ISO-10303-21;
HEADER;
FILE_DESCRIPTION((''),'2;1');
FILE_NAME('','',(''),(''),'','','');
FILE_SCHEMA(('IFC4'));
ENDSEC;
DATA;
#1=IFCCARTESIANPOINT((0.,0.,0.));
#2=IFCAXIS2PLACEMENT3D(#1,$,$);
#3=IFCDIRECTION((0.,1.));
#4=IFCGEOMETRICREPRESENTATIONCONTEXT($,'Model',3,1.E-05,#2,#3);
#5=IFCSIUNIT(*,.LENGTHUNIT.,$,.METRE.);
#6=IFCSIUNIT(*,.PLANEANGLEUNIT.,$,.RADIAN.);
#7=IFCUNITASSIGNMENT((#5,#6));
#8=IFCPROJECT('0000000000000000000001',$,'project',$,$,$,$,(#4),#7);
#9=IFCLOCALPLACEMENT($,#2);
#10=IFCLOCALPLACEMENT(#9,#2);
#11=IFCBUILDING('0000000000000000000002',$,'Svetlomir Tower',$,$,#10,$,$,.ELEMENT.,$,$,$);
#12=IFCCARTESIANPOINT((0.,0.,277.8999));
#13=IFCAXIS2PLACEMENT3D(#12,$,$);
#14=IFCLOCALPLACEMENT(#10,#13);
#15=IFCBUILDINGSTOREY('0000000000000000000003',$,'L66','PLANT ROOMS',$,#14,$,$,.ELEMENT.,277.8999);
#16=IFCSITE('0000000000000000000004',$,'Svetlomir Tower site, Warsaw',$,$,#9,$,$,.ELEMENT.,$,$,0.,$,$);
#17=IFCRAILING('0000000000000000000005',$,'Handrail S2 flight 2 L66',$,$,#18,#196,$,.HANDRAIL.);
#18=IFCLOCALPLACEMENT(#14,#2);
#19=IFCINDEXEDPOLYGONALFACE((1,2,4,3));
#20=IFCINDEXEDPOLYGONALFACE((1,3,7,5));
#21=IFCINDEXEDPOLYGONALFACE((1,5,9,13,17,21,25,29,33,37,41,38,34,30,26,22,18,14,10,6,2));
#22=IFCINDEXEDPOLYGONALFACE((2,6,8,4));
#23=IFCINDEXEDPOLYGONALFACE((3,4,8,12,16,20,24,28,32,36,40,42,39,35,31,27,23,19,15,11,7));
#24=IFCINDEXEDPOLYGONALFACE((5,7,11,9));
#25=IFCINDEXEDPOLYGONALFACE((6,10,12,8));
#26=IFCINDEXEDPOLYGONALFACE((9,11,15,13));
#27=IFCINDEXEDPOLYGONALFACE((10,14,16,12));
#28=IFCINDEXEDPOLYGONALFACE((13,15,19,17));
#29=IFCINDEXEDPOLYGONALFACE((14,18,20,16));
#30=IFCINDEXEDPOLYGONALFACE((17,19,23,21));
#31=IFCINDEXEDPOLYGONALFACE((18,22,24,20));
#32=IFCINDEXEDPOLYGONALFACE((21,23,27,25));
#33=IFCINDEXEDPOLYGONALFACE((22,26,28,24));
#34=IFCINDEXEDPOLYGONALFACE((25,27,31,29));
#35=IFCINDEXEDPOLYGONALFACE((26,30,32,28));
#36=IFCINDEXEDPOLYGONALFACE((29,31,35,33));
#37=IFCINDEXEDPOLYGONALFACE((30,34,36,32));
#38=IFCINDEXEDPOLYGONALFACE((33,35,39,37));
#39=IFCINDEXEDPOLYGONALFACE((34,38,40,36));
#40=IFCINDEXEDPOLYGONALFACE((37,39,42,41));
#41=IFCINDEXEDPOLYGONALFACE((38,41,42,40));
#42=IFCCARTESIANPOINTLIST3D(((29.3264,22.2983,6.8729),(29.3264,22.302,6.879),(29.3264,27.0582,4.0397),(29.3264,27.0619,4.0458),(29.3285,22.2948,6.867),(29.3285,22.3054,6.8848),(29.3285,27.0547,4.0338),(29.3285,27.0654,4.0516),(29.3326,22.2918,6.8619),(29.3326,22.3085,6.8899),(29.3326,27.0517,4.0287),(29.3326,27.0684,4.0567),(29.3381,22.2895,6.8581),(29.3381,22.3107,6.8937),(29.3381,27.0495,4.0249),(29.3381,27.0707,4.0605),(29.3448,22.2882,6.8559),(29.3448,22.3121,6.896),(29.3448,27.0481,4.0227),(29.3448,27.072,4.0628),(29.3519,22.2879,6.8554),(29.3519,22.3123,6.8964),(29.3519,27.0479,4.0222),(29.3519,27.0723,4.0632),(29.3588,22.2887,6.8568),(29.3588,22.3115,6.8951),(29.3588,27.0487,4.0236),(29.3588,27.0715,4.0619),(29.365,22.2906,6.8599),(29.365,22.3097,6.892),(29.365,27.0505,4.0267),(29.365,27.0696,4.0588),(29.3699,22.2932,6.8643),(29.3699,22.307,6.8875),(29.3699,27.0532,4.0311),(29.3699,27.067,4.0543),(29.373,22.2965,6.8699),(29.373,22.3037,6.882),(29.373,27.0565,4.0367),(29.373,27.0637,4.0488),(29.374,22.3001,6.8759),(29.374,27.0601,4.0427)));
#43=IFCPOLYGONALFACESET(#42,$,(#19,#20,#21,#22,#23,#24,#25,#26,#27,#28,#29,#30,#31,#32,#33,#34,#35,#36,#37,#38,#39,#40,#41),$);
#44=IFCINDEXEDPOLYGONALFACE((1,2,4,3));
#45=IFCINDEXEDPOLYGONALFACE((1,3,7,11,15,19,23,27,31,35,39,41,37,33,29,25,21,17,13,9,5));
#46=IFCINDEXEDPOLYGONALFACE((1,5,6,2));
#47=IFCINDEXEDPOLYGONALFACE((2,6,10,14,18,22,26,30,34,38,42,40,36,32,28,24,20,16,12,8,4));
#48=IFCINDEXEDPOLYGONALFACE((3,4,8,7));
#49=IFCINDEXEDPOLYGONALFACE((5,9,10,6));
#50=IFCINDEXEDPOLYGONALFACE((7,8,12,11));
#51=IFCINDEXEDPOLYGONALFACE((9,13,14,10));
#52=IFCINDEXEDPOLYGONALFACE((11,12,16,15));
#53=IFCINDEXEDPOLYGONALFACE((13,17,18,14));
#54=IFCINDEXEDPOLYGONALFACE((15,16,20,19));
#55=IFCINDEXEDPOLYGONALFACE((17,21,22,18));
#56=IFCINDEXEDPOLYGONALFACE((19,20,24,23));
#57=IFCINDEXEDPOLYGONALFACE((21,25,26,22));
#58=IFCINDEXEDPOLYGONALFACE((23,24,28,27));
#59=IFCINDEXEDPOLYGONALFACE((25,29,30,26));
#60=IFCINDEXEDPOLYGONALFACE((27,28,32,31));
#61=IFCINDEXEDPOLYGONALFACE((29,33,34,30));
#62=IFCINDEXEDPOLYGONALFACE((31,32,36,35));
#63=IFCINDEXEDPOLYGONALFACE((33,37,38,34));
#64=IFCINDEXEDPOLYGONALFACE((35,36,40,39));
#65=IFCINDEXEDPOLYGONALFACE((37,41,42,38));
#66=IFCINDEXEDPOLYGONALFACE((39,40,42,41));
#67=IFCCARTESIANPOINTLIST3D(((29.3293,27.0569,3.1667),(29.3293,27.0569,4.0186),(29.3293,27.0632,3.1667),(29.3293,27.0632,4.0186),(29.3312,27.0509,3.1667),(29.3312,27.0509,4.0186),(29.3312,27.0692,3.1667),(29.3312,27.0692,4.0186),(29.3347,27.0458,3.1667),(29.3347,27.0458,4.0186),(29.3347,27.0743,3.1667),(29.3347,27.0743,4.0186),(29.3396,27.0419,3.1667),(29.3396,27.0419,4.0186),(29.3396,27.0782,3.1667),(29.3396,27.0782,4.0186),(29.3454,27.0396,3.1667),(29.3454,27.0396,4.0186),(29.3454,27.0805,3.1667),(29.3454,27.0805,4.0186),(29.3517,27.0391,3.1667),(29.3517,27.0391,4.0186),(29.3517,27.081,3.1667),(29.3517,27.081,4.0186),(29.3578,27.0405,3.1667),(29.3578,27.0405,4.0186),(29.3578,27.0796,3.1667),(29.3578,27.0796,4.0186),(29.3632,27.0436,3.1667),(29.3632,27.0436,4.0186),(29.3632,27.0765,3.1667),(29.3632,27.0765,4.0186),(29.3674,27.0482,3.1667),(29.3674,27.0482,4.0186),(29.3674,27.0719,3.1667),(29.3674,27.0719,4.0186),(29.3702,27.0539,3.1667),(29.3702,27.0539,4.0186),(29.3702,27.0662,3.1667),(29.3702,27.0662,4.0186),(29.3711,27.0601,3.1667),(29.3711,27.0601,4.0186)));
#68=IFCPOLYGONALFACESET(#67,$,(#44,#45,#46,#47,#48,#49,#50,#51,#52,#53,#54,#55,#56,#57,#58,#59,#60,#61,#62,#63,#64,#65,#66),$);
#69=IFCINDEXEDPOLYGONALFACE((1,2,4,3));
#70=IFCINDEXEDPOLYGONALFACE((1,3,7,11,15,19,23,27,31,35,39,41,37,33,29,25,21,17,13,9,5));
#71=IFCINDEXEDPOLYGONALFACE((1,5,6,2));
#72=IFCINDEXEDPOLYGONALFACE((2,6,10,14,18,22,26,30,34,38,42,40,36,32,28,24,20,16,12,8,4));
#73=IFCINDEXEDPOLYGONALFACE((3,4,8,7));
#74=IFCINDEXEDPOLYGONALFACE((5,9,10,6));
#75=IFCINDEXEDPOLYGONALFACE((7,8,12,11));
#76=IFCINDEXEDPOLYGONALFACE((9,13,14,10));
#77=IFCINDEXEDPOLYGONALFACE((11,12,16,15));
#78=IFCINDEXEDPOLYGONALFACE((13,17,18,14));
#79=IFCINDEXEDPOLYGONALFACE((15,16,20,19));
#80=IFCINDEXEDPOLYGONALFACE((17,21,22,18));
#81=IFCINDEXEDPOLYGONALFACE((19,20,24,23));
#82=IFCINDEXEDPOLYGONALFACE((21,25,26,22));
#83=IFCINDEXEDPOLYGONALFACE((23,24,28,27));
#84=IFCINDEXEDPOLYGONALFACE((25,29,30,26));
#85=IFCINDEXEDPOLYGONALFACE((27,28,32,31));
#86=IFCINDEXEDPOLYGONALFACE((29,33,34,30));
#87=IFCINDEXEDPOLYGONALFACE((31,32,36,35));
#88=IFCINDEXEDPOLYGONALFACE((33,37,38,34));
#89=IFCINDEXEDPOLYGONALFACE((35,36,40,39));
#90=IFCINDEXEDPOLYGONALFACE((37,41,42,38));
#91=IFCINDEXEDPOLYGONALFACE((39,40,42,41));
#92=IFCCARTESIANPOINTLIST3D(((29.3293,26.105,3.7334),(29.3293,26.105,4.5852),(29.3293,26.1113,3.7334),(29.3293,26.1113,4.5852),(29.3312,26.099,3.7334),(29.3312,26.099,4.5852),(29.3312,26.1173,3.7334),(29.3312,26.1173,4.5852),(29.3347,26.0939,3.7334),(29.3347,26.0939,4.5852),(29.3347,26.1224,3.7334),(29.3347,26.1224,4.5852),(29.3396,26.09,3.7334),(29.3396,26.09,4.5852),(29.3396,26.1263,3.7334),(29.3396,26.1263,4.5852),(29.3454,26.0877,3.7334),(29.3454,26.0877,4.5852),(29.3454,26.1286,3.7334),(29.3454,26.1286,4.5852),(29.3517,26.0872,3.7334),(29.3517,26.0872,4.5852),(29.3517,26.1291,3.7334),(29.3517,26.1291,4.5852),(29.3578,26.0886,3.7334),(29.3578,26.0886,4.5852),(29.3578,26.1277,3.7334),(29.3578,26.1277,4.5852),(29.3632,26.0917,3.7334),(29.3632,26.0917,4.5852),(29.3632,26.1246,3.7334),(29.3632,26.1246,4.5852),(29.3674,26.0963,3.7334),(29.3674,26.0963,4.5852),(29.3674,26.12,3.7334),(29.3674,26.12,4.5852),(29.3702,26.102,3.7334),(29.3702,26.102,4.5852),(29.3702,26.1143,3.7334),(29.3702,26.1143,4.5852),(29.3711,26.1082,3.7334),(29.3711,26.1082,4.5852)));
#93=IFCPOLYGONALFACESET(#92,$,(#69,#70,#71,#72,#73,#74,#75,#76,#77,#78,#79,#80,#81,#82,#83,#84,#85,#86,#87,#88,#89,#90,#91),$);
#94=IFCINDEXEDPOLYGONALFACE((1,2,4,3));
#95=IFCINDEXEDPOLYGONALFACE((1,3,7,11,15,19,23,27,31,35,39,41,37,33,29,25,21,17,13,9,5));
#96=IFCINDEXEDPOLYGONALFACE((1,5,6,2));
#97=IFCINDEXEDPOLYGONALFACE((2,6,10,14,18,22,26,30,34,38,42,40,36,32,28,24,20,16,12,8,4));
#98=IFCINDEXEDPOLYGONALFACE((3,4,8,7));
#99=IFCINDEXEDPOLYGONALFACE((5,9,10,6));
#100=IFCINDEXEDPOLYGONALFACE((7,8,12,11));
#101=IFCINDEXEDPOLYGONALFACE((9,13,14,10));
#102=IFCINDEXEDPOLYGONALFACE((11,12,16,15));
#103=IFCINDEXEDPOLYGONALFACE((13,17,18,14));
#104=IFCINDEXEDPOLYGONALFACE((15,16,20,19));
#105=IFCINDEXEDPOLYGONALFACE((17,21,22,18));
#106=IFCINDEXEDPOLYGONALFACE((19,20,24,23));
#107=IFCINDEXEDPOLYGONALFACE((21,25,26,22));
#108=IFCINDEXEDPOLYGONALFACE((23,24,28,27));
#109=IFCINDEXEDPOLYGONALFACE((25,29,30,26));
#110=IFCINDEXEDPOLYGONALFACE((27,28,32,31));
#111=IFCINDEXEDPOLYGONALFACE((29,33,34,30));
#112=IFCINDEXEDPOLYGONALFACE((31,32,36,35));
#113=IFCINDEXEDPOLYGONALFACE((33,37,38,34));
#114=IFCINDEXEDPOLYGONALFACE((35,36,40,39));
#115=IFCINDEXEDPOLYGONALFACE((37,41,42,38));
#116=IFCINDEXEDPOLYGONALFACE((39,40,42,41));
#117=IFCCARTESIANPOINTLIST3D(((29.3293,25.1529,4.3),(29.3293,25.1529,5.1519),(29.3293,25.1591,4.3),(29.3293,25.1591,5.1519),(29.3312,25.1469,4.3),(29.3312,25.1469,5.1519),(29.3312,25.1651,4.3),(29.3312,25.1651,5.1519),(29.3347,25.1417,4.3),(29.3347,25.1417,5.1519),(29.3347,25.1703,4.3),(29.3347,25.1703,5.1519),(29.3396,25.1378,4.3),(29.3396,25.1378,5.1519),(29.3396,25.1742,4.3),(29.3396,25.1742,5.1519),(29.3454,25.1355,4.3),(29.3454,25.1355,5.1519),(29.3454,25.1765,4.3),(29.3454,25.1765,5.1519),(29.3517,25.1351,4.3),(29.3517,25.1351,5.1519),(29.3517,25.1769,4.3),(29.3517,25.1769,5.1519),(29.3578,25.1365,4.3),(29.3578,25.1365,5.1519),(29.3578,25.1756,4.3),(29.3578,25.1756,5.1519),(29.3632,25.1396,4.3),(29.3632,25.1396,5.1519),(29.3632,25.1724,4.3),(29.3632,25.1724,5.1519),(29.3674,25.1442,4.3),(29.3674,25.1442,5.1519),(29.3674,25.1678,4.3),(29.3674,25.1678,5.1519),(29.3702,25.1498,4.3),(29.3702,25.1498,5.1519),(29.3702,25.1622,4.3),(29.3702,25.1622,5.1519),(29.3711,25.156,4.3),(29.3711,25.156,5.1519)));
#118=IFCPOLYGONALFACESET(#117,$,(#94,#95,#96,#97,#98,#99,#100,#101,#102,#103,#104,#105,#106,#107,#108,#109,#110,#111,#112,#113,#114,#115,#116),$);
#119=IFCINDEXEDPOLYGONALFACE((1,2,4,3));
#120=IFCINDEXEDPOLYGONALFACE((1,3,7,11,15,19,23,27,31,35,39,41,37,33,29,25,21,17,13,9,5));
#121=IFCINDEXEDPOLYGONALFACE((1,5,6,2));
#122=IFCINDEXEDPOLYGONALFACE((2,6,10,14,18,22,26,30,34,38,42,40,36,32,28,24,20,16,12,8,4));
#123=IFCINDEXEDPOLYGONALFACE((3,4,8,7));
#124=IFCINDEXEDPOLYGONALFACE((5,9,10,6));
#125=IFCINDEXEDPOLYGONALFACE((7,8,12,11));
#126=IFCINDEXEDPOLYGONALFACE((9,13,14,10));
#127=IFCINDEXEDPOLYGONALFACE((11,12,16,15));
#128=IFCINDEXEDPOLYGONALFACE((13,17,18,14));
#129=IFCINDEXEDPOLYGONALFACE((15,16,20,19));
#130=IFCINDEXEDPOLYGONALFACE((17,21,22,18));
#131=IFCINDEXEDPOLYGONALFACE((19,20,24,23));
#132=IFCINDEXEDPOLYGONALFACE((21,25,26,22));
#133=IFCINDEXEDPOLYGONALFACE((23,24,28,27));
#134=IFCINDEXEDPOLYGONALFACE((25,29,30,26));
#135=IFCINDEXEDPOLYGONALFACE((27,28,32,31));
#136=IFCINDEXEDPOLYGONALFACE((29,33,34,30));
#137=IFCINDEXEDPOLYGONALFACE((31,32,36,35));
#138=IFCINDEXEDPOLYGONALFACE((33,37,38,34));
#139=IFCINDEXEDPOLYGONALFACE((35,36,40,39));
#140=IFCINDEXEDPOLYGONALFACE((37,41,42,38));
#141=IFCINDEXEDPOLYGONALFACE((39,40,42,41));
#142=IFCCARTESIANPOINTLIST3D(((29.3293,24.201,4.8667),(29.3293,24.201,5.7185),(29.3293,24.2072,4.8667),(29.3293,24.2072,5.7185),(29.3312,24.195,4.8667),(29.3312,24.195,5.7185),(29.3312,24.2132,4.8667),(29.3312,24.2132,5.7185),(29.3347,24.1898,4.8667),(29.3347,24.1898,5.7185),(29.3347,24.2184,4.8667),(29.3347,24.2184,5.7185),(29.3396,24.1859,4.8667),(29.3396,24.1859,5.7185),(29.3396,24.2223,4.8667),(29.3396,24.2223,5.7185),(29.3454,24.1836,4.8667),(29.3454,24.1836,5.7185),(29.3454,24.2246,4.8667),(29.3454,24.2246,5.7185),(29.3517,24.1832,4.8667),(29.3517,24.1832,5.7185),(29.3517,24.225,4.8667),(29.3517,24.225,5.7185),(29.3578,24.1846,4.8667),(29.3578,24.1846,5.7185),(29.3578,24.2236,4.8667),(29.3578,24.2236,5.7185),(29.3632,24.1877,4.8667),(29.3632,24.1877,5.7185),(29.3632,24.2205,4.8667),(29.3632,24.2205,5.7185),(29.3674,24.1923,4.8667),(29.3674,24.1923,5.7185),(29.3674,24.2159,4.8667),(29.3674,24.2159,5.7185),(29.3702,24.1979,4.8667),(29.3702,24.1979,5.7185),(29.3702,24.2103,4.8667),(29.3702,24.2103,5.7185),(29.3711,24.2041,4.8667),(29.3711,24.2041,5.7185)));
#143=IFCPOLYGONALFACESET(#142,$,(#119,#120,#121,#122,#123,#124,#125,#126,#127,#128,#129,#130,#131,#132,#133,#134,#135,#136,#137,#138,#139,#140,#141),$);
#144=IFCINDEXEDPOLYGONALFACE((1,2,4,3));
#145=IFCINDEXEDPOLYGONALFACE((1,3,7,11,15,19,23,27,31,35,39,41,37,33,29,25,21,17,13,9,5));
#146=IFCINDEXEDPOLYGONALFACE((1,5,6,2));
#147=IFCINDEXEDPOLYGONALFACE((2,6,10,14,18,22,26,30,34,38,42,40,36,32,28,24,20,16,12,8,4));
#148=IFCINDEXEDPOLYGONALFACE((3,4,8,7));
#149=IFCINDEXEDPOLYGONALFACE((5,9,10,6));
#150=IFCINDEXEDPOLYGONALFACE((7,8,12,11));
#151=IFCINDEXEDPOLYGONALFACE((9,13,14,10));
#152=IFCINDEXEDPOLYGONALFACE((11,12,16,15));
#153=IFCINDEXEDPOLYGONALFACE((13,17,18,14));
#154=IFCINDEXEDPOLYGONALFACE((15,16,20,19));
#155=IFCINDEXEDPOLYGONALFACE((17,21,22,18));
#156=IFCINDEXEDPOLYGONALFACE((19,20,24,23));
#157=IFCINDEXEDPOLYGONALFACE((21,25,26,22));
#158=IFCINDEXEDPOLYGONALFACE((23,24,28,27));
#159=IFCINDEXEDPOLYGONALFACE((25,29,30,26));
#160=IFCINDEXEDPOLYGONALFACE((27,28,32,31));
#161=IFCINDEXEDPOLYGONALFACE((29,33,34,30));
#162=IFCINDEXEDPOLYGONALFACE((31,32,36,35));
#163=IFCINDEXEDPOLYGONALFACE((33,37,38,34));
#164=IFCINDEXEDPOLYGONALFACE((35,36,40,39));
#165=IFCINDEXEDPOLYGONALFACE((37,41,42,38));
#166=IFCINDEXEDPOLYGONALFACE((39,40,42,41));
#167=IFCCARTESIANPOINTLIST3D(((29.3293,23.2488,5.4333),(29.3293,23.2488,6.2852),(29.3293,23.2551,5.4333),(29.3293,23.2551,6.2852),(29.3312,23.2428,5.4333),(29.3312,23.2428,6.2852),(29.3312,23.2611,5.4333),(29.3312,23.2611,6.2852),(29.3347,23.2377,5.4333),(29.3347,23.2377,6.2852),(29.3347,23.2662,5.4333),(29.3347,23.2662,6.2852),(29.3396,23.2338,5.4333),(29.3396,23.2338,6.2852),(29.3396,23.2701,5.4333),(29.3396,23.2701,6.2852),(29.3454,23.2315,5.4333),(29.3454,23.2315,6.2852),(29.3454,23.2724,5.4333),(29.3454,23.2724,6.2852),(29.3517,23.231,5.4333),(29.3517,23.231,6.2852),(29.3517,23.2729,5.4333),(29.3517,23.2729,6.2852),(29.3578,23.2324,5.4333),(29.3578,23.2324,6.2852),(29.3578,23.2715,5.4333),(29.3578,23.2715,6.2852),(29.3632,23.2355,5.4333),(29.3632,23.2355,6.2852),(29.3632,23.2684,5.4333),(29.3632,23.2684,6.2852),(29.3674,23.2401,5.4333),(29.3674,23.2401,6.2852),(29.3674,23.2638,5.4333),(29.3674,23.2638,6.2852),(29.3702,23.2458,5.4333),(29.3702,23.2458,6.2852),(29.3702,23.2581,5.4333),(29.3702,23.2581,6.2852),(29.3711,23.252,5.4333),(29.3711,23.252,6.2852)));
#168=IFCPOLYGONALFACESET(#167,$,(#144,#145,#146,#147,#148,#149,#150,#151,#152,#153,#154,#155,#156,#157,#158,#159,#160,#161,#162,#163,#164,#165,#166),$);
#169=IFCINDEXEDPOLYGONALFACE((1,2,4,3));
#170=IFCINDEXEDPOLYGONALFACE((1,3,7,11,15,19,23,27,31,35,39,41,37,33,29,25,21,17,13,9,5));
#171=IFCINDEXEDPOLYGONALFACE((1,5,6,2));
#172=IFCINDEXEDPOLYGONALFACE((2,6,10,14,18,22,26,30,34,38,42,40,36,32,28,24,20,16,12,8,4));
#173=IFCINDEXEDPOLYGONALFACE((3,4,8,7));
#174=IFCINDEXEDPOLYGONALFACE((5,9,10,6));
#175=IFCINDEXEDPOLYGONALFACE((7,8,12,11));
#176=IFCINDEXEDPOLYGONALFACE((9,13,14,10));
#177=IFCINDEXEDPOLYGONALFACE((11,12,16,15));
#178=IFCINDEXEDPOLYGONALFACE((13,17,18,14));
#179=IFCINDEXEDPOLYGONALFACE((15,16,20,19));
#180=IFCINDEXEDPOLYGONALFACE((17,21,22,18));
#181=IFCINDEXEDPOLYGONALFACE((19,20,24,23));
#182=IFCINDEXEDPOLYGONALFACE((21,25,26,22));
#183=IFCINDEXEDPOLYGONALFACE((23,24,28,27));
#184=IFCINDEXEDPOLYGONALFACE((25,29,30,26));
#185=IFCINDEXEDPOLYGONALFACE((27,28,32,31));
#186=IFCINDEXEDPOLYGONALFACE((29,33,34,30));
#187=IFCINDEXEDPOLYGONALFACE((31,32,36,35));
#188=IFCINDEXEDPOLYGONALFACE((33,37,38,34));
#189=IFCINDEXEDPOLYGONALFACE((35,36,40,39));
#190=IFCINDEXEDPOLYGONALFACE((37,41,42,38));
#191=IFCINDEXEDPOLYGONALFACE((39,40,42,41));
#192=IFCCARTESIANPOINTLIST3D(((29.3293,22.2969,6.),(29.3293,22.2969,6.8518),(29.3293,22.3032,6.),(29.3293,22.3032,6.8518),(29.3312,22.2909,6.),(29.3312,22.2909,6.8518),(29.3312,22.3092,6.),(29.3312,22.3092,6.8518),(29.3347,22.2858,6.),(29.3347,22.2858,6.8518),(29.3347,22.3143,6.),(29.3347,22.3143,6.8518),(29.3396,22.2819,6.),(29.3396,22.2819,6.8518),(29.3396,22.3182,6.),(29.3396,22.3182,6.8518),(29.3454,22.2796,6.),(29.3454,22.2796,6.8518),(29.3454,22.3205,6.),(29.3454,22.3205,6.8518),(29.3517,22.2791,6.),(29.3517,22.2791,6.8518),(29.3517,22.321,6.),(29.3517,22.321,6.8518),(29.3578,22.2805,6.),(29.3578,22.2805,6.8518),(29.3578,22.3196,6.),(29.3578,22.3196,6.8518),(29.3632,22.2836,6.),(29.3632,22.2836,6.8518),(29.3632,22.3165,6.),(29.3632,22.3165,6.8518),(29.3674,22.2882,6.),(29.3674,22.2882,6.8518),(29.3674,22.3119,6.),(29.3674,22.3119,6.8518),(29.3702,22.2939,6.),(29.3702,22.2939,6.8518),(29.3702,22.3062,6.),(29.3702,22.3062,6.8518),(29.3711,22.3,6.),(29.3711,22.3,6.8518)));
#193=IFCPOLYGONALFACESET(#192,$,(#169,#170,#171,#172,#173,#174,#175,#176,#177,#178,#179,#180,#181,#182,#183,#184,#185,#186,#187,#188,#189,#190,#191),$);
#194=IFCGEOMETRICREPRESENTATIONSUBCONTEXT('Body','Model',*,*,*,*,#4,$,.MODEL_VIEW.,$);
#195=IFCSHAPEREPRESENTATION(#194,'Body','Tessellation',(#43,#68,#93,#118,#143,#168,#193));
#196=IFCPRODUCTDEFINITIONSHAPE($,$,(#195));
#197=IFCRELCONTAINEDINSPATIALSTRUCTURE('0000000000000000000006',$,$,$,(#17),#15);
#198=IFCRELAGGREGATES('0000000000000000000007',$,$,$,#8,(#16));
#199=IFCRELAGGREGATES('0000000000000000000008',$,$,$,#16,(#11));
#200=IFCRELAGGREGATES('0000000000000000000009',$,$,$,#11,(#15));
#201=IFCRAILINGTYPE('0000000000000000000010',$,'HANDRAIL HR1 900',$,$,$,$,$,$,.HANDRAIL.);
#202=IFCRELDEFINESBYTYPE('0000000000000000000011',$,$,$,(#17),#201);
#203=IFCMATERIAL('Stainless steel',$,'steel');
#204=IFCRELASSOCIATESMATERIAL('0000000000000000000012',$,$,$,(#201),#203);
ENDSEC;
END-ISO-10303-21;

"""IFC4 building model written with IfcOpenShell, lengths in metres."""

from ifc_helpers import new_model, si_unit, direction, frame, origin, origin_2d, place, context, subcontext, project, spatial, circle, extrude, material, type_object, element, save


model = new_model("IFC4")

# Units and contexts
model_context = context("Model", 3, precision=1e-05, world=origin(), true_north=direction((0.0, 1.0)))
body_context = subcontext(model_context, "Body", "Model", "MODEL_VIEW")
ifc_project = project(units=[si_unit("LENGTHUNIT", "METRE"), si_unit("PLANEANGLEUNIT", "RADIAN")], contexts=[model_context])

# Site, building, storey
site_placement = place(None, origin())
site = spatial("IfcSite", under=ifc_project, at=site_placement, Name="Svetlomir Tower site, Warsaw", CompositionType="ELEMENT", RefElevation=0.0)
building_placement = place(site_placement, origin())
building = spatial("IfcBuilding", under=site, at=building_placement, Name="Svetlomir Tower", CompositionType="ELEMENT")
storey_placement = place(building_placement, frame((0.0, 0.0, 277.8999)))
storey = spatial("IfcBuildingStorey", under=building, at=storey_placement, Name="L66", Description="PLANT ROOMS", CompositionType="ELEMENT", Elevation=277.8999)

# Railing
ifc_material_1 = material(Name="Stainless steel", Category="steel")
railing_type = type_object("IfcRailingType", Name="HANDRAIL HR1 900", PredefinedType="HANDRAIL", material=ifc_material_1)
railing_1_placement = place(storey_placement, frame((29.3501, 27.0601, 3.1667)))
element("IfcRailing", 1, at=railing_1_placement, inside=storey, type_object=railing_type, Name="Handrail S2 flight 2 L66", PredefinedType="HANDRAIL", context=body_context, shape_type="SweptSolid", body=[
    extrude(circle(Radius=0.0239, at=origin_2d()), frame((0.0, 0.0, 0.876), z_axis=(0.0, -0.8593, 0.511472), x_axis=(1.0, 0.0, 0.0)), (0.0, 0.0, 1.0), 5.5393),
    extrude(circle(Radius=0.021, at=origin_2d()), origin(), (0.0, 0.0, 1.0), 0.8518),
    extrude(circle(Radius=0.021, at=origin_2d()), frame((0.0, -0.9519, 0.5667)), (0.0, 0.0, 1.0), 0.8518),
    extrude(circle(Radius=0.021, at=origin_2d()), frame((0.0, -1.9041, 1.1333)), (0.0, 0.0, 1.0), 0.8518),
    extrude(circle(Radius=0.021, at=origin_2d()), frame((0.0, -2.856, 1.7)), (0.0, 0.0, 1.0), 0.8518),
    extrude(circle(Radius=0.021, at=origin_2d()), frame((0.0, -3.8081, 2.2666)), (0.0, 0.0, 1.0), 0.8518),
    extrude(circle(Radius=0.021, at=origin_2d()), frame((0.0, -4.76, 2.8333)), (0.0, 0.0, 1.0), 0.8518),
])

save(model, "model.ifc")
